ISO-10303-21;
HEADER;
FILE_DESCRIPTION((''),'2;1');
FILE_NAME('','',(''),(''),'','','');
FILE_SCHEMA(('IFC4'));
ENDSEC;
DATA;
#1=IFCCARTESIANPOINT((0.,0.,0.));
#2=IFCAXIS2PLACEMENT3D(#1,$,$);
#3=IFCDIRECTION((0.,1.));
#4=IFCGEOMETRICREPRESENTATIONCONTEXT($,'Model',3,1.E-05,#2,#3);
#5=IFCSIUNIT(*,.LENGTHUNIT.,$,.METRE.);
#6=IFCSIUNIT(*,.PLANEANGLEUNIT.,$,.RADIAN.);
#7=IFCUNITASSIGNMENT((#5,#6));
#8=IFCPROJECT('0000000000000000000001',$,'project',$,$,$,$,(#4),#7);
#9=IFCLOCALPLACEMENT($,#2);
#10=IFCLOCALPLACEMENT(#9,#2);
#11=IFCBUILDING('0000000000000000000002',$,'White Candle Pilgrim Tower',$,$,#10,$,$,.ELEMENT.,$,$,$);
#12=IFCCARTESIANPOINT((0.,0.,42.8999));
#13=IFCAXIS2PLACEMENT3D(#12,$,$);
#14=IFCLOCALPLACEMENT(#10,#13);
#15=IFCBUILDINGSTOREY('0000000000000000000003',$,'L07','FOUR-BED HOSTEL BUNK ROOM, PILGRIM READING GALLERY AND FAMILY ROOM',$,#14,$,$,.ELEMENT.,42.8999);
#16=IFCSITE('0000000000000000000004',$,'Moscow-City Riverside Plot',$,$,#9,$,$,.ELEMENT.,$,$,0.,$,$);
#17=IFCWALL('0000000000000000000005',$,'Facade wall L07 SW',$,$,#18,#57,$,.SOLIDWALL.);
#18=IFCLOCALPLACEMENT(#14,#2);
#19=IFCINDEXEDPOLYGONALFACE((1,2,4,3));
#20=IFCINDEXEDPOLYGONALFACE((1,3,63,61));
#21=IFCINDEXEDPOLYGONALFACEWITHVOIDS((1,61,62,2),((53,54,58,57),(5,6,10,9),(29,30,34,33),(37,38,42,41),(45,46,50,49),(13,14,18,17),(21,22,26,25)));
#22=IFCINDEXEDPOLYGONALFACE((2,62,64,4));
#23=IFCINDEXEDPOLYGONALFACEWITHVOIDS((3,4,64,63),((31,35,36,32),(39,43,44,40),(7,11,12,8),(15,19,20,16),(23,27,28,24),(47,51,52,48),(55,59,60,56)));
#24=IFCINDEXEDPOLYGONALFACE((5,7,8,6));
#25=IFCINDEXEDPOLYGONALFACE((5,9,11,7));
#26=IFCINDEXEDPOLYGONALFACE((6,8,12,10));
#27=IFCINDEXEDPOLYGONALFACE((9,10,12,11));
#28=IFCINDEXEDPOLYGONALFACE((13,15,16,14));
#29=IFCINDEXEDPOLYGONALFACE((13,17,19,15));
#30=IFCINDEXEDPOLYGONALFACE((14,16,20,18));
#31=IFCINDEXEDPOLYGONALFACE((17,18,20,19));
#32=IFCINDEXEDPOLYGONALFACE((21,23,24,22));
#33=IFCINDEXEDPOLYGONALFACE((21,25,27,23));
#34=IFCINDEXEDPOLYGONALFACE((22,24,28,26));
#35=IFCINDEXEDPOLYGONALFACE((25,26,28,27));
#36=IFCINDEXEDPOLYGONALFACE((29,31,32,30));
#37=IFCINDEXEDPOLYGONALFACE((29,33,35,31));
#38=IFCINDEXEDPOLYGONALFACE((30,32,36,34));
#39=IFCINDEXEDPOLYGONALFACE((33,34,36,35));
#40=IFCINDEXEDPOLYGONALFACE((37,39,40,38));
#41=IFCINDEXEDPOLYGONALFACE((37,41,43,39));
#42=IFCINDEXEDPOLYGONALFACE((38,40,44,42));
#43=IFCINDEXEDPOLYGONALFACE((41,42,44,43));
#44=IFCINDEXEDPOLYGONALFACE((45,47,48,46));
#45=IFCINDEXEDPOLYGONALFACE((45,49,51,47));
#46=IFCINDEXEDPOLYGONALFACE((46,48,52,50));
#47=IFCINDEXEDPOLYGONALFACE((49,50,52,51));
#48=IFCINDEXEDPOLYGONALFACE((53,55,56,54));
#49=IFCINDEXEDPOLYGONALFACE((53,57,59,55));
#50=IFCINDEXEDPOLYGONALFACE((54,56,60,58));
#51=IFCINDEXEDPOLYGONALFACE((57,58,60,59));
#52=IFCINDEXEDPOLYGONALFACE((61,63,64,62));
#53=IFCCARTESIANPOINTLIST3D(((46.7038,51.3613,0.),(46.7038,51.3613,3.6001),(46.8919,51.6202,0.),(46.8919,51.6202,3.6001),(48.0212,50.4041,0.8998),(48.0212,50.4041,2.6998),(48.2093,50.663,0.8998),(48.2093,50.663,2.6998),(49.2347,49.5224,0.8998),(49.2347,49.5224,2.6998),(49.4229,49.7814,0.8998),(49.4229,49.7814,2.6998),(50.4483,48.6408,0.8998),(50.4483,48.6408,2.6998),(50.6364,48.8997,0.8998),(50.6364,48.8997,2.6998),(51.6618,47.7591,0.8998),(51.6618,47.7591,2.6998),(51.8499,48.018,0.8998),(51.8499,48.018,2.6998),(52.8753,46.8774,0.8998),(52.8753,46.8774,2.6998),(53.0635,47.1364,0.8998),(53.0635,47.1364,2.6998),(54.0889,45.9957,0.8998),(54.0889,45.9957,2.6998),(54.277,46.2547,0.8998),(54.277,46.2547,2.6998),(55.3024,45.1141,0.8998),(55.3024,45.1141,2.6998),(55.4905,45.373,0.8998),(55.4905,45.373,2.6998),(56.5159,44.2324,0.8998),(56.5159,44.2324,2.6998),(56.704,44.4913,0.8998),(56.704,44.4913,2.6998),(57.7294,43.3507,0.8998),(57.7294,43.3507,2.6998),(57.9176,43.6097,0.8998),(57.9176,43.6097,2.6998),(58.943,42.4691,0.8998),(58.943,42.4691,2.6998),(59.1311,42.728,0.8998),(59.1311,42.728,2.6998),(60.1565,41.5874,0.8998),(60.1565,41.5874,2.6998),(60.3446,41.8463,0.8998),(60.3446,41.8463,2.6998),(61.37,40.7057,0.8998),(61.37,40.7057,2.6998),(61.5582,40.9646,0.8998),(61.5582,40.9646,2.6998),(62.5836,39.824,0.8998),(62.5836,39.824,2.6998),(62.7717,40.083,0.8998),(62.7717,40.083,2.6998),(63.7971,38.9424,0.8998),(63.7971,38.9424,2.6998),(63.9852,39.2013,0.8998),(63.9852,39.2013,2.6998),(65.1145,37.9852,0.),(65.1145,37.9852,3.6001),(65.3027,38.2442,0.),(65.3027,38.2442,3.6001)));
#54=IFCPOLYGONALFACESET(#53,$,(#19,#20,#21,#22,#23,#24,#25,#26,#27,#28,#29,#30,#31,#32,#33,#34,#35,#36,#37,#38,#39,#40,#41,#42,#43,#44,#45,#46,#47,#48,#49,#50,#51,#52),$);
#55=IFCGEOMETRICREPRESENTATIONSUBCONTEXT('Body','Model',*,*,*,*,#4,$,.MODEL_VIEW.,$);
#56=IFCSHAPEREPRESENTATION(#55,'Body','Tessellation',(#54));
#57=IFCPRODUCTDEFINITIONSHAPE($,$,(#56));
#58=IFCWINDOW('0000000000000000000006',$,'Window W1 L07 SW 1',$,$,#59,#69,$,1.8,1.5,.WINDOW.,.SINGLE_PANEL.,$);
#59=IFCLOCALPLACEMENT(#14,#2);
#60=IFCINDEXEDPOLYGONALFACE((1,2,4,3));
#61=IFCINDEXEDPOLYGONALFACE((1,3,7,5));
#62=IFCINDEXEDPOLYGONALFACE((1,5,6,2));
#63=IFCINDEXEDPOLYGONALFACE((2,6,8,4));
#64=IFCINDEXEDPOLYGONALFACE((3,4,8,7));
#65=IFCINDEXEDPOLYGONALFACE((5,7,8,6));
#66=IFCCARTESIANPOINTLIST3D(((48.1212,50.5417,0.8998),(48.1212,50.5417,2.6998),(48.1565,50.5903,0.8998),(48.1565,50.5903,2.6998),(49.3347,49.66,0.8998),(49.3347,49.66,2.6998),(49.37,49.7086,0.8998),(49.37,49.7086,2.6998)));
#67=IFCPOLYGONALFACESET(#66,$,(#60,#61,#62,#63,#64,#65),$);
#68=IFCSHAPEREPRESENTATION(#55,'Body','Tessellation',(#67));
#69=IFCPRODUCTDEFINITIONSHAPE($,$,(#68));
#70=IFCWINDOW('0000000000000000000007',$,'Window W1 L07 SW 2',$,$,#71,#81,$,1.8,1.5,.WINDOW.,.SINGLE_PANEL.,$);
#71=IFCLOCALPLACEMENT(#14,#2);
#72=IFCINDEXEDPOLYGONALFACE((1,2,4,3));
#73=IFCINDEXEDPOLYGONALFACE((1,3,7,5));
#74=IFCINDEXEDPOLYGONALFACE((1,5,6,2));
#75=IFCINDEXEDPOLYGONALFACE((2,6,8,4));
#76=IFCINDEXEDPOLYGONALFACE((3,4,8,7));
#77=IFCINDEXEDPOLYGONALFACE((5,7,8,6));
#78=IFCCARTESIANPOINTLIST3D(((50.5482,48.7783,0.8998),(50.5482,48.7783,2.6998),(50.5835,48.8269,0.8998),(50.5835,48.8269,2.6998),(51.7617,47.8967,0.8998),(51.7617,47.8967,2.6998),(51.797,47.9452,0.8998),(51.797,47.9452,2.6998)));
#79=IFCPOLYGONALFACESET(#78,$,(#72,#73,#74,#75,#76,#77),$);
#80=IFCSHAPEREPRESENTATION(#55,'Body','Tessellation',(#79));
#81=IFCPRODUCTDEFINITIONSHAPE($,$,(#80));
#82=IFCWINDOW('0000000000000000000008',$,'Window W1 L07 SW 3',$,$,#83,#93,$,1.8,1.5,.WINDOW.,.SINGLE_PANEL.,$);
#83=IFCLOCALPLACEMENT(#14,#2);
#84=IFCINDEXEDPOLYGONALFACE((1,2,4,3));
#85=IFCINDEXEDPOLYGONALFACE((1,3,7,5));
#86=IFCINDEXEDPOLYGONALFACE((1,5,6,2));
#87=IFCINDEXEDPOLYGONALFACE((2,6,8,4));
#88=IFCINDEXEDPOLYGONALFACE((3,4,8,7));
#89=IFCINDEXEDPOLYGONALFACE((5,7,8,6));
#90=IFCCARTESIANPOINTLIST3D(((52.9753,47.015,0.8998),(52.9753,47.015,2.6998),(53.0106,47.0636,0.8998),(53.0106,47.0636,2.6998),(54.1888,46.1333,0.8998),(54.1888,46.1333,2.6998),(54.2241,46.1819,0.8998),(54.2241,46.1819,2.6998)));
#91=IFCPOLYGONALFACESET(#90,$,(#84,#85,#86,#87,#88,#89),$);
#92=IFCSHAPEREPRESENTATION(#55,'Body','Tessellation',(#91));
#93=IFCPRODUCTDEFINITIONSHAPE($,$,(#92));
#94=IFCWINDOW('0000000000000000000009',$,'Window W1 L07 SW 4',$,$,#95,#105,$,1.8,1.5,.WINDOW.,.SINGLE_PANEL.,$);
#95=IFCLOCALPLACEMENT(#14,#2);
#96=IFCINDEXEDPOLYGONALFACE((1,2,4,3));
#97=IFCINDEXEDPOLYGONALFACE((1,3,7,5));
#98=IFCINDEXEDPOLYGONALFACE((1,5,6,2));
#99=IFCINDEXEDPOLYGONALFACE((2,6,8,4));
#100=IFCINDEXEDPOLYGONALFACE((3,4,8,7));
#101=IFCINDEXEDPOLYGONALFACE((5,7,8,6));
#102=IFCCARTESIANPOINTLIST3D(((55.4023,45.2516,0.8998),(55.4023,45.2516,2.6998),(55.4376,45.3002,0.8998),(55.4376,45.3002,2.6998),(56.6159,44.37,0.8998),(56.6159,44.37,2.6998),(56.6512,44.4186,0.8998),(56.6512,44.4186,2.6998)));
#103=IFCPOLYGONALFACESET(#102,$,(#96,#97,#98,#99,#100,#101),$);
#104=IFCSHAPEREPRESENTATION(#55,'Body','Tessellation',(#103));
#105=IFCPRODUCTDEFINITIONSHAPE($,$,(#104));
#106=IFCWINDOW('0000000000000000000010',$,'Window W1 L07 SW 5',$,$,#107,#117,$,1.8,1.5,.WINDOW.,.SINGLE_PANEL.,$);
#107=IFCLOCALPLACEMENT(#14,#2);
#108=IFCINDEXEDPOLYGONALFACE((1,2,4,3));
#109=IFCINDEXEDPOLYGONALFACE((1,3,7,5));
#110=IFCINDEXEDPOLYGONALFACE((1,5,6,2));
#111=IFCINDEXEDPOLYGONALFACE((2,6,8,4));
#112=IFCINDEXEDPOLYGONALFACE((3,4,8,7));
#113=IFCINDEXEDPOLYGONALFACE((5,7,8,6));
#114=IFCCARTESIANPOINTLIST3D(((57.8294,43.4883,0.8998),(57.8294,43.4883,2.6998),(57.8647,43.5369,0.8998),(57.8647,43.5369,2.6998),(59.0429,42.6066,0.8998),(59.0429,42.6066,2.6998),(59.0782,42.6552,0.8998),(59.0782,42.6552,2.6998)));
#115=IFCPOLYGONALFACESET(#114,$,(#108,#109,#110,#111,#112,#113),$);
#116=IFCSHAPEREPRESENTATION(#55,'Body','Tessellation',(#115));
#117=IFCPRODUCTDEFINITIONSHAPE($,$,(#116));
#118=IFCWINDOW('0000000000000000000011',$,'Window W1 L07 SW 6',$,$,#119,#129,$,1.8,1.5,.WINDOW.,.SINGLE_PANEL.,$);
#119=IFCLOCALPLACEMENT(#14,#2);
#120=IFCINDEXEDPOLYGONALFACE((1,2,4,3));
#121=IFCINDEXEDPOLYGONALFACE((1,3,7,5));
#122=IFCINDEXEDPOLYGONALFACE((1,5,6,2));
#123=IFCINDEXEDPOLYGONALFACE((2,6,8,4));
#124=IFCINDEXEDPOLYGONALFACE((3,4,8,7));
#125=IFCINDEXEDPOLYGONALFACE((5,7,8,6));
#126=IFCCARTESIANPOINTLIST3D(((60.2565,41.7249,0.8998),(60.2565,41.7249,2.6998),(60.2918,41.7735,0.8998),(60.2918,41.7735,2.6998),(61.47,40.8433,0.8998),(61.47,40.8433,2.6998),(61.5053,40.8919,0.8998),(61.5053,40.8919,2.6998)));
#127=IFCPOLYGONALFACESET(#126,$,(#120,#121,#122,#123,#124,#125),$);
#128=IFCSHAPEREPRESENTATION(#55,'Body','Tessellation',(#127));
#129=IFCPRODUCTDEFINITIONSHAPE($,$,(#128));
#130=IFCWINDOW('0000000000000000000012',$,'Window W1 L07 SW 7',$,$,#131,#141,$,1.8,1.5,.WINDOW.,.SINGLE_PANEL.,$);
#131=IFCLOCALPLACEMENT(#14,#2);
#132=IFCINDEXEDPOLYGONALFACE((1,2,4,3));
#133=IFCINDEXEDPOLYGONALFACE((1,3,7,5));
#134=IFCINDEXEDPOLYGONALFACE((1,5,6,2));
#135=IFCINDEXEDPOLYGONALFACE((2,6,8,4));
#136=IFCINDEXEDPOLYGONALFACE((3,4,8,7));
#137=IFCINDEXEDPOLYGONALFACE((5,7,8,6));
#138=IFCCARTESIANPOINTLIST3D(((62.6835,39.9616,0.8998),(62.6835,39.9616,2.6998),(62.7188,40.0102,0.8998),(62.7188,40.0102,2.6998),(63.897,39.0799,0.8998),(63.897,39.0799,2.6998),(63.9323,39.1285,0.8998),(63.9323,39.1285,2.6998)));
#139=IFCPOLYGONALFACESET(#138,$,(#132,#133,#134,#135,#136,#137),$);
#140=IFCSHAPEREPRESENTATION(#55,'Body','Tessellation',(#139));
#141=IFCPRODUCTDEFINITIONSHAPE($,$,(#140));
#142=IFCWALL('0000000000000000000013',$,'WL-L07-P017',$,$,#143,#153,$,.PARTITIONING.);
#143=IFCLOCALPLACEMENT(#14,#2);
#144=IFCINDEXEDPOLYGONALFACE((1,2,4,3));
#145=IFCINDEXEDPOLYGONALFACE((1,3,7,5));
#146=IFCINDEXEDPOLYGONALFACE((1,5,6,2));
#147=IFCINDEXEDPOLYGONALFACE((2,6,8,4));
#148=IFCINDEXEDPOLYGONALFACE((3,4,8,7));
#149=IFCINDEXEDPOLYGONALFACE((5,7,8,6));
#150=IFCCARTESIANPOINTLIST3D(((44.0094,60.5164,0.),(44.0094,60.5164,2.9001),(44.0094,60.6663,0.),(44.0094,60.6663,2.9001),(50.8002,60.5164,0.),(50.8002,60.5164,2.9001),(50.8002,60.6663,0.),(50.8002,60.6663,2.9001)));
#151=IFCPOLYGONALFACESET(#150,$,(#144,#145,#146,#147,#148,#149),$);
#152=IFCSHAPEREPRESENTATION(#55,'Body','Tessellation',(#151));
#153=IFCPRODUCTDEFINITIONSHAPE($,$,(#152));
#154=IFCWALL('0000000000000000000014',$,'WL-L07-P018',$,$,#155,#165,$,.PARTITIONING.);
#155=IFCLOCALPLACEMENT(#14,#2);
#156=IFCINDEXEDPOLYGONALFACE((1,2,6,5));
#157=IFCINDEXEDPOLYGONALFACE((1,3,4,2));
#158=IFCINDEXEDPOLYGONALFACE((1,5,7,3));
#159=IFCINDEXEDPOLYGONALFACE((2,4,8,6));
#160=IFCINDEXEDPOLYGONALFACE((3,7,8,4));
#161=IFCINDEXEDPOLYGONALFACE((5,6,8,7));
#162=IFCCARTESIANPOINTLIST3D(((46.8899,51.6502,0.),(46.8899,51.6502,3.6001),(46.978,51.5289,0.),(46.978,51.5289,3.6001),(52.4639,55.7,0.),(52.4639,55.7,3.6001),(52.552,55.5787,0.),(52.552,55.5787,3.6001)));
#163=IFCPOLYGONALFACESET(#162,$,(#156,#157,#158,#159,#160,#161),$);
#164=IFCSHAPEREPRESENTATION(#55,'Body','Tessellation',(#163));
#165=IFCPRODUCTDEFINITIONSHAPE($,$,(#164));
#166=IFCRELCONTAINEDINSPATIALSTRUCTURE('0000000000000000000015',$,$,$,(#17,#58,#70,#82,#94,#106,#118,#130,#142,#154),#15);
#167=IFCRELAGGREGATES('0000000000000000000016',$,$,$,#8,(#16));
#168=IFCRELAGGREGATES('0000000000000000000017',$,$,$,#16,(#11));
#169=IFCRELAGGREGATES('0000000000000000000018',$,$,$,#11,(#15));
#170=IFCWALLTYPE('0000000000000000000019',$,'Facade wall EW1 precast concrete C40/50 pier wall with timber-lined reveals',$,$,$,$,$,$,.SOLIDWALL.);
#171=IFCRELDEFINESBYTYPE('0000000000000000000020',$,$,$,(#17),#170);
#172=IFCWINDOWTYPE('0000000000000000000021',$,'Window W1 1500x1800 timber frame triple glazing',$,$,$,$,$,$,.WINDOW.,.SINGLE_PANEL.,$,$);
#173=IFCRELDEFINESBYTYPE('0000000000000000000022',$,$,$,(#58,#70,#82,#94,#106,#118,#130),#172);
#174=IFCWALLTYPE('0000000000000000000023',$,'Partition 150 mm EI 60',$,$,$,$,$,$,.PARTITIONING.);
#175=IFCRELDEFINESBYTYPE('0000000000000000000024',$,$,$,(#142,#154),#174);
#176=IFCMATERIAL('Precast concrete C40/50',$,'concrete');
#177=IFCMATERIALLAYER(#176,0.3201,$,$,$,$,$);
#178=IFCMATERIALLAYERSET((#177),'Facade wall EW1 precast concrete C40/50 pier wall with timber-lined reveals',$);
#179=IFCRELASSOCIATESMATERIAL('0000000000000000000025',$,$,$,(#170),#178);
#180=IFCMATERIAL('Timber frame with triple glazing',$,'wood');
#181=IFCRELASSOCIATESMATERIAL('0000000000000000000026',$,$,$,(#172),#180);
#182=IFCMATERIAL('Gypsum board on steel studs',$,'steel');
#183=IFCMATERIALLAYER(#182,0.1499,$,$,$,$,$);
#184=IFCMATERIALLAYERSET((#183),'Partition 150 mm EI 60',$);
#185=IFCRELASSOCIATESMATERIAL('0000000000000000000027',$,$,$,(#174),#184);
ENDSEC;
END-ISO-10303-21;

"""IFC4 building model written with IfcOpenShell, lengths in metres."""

from ifc_helpers import new_model, si_unit, direction, frame, frame_2d, origin, place, context, subcontext, project, spatial, rectangle, extrude, material, layer, layer_set, type_object, element, fill, save


model = new_model("IFC4")

# Units and contexts
model_context = context("Model", 3, precision=1e-05, world=origin(), true_north=direction((0.0, 1.0)))
body_context = subcontext(model_context, "Body", "Model", "MODEL_VIEW")
ifc_project = project(units=[si_unit("LENGTHUNIT", "METRE"), si_unit("PLANEANGLEUNIT", "RADIAN")], contexts=[model_context])

# Site, building, storey
site_placement = place(None, origin())
site = spatial("IfcSite", under=ifc_project, at=site_placement, Name="Moscow-City Riverside Plot", CompositionType="ELEMENT", RefElevation=0.0)
building_placement = place(site_placement, origin())
building = spatial("IfcBuilding", under=site, at=building_placement, Name="White Candle Pilgrim Tower", CompositionType="ELEMENT")
storey_placement = place(building_placement, frame((0.0, 0.0, 42.8999)))
storey = spatial("IfcBuildingStorey", under=building, at=storey_placement, Name="L07", Description="FOUR-BED HOSTEL BUNK ROOM, PILGRIM READING GALLERY AND FAMILY ROOM", CompositionType="ELEMENT", Elevation=42.8999)

# Wall, openings, windows
ifc_material_1 = material(Name="Precast concrete C40/50", Category="concrete")
ifc_layer_1 = layer(ifc_material_1, 0.3201)
ifc_layer_set_1 = layer_set([ifc_layer_1], Name="Facade wall EW1 precast concrete C40/50 pier wall with timber-lined reveals")
wall_type_1 = type_object("IfcWallType", Name="Facade wall EW1 precast concrete C40/50 pier wall with timber-lined reveals", PredefinedType="SOLIDWALL", material=ifc_layer_set_1)
ifc_material_2 = material(Name="Timber frame with triple glazing", Category="wood")
wall_1_placement = place(storey_placement, frame((46.7979, 51.4907, 0.0), z_axis=(0.0, 0.0, 1.0), x_axis=(0.80902, -0.587781, 0.0)))
wall_1 = element("IfcWall", 1, at=wall_1_placement, inside=storey, type_object=wall_type_1, Name="Facade wall L07 SW", PredefinedType="SOLIDWALL", context=body_context, shape_type="SweptSolid", body=[
    extrude(rectangle(XDim=22.7568, YDim=0.3201, at=frame_2d((11.3784, 0.0))), origin(), (0.0, 0.0, 1.0), 3.6001),
])
opening_1_placement = place(wall_1_placement, frame((1.6284, 0.0, 0.8999)))
opening_1 = element("IfcOpeningElement", 2, at=opening_1_placement, cuts=wall_1, PredefinedType="OPENING", context=body_context, shape_type="SweptSolid", body=[
    extrude(rectangle(XDim=1.5, YDim=1.8, at=frame_2d((0.75, 0.8999))), frame((0.0, 0.1699, 0.0), z_axis=(0.0, -1.0, 0.0), x_axis=(1.0, 0.0, 0.0)), (0.0, 0.0, 1.0), 0.3401),
])
opening_2_placement = place(wall_1_placement, frame((4.6284, 0.0, 0.8999)))
opening_2 = element("IfcOpeningElement", 3, at=opening_2_placement, cuts=wall_1, PredefinedType="OPENING", context=body_context, shape_type="SweptSolid", body=[
    extrude(rectangle(XDim=1.5, YDim=1.8, at=frame_2d((0.75, 0.8999))), frame((0.0, 0.1699, 0.0), z_axis=(0.0, -1.0, 0.0), x_axis=(1.0, 0.0, 0.0)), (0.0, 0.0, 1.0), 0.3401),
])
opening_3_placement = place(wall_1_placement, frame((7.6284, 0.0, 0.8999)))
opening_3 = element("IfcOpeningElement", 4, at=opening_3_placement, cuts=wall_1, PredefinedType="OPENING", context=body_context, shape_type="SweptSolid", body=[
    extrude(rectangle(XDim=1.5, YDim=1.8, at=frame_2d((0.75, 0.8999))), frame((0.0, 0.1699, 0.0), z_axis=(0.0, -1.0, 0.0), x_axis=(1.0, 0.0, 0.0)), (0.0, 0.0, 1.0), 0.3401),
])
opening_4_placement = place(wall_1_placement, frame((10.6284, 0.0, 0.8999)))
opening_4 = element("IfcOpeningElement", 5, at=opening_4_placement, cuts=wall_1, PredefinedType="OPENING", context=body_context, shape_type="SweptSolid", body=[
    extrude(rectangle(XDim=1.5, YDim=1.8, at=frame_2d((0.75, 0.8999))), frame((0.0, 0.1699, 0.0), z_axis=(0.0, -1.0, 0.0), x_axis=(1.0, 0.0, 0.0)), (0.0, 0.0, 1.0), 0.3401),
])
opening_5_placement = place(wall_1_placement, frame((13.6284, 0.0, 0.8999)))
opening_5 = element("IfcOpeningElement", 6, at=opening_5_placement, cuts=wall_1, PredefinedType="OPENING", context=body_context, shape_type="SweptSolid", body=[
    extrude(rectangle(XDim=1.5, YDim=1.8, at=frame_2d((0.75, 0.8999))), frame((0.0, 0.1699, 0.0), z_axis=(0.0, -1.0, 0.0), x_axis=(1.0, 0.0, 0.0)), (0.0, 0.0, 1.0), 0.3401),
])
opening_6_placement = place(wall_1_placement, frame((16.6284, 0.0, 0.8999)))
opening_6 = element("IfcOpeningElement", 7, at=opening_6_placement, cuts=wall_1, PredefinedType="OPENING", context=body_context, shape_type="SweptSolid", body=[
    extrude(rectangle(XDim=1.5, YDim=1.8, at=frame_2d((0.75, 0.8999))), frame((0.0, 0.1699, 0.0), z_axis=(0.0, -1.0, 0.0), x_axis=(1.0, 0.0, 0.0)), (0.0, 0.0, 1.0), 0.3401),
])
opening_7_placement = place(wall_1_placement, frame((19.6284, 0.0, 0.8999)))
opening_7 = element("IfcOpeningElement", 8, at=opening_7_placement, cuts=wall_1, PredefinedType="OPENING", context=body_context, shape_type="SweptSolid", body=[
    extrude(rectangle(XDim=1.5, YDim=1.8, at=frame_2d((0.75, 0.8999))), frame((0.0, 0.1699, 0.0), z_axis=(0.0, -1.0, 0.0), x_axis=(1.0, 0.0, 0.0)), (0.0, 0.0, 1.0), 0.3401),
])
window_type_1 = type_object("IfcWindowType", Name="Window W1 1500x1800 timber frame triple glazing", PartitioningType="SINGLE_PANEL", PredefinedType="WINDOW", material=ifc_material_2)
window_1_placement = place(opening_1_placement, origin())
window_1 = element("IfcWindow", 9, at=window_1_placement, inside=storey, type_object=window_type_1, Name="Window W1 L07 SW 1", OverallHeight=1.8, OverallWidth=1.5, PartitioningType="SINGLE_PANEL", PredefinedType="WINDOW", context=body_context, shape_type="SweptSolid", body=[
    extrude(rectangle(XDim=1.5, YDim=1.8, at=frame_2d((0.75, 0.8999))), frame((0.0, 0.0701, 0.0), z_axis=(0.0, -1.0, 0.0), x_axis=(1.0, 0.0, 0.0)), (0.0, 0.0, 1.0), 0.0601),
])
fill(opening_1, window_1)
window_2_placement = place(opening_2_placement, origin())
window_2 = element("IfcWindow", 10, at=window_2_placement, inside=storey, type_object=window_type_1, Name="Window W1 L07 SW 2", OverallHeight=1.8, OverallWidth=1.5, PartitioningType="SINGLE_PANEL", PredefinedType="WINDOW", context=body_context, shape_type="SweptSolid", body=[
    extrude(rectangle(XDim=1.5, YDim=1.8, at=frame_2d((0.75, 0.8999))), frame((0.0, 0.0701, 0.0), z_axis=(0.0, -1.0, 0.0), x_axis=(1.0, 0.0, 0.0)), (0.0, 0.0, 1.0), 0.0601),
])
fill(opening_2, window_2)
window_3_placement = place(opening_3_placement, origin())
window_3 = element("IfcWindow", 11, at=window_3_placement, inside=storey, type_object=window_type_1, Name="Window W1 L07 SW 3", OverallHeight=1.8, OverallWidth=1.5, PartitioningType="SINGLE_PANEL", PredefinedType="WINDOW", context=body_context, shape_type="SweptSolid", body=[
    extrude(rectangle(XDim=1.5, YDim=1.8, at=frame_2d((0.75, 0.8999))), frame((0.0, 0.0701, 0.0), z_axis=(0.0, -1.0, 0.0), x_axis=(1.0, 0.0, 0.0)), (0.0, 0.0, 1.0), 0.0601),
])
fill(opening_3, window_3)
window_4_placement = place(opening_4_placement, origin())
window_4 = element("IfcWindow", 12, at=window_4_placement, inside=storey, type_object=window_type_1, Name="Window W1 L07 SW 4", OverallHeight=1.8, OverallWidth=1.5, PartitioningType="SINGLE_PANEL", PredefinedType="WINDOW", context=body_context, shape_type="SweptSolid", body=[
    extrude(rectangle(XDim=1.5, YDim=1.8, at=frame_2d((0.75, 0.8999))), frame((0.0, 0.0701, 0.0), z_axis=(0.0, -1.0, 0.0), x_axis=(1.0, 0.0, 0.0)), (0.0, 0.0, 1.0), 0.0601),
])
fill(opening_4, window_4)
window_5_placement = place(opening_5_placement, origin())
window_5 = element("IfcWindow", 13, at=window_5_placement, inside=storey, type_object=window_type_1, Name="Window W1 L07 SW 5", OverallHeight=1.8, OverallWidth=1.5, PartitioningType="SINGLE_PANEL", PredefinedType="WINDOW", context=body_context, shape_type="SweptSolid", body=[
    extrude(rectangle(XDim=1.5, YDim=1.8, at=frame_2d((0.75, 0.8999))), frame((0.0, 0.0701, 0.0), z_axis=(0.0, -1.0, 0.0), x_axis=(1.0, 0.0, 0.0)), (0.0, 0.0, 1.0), 0.0601),
])
fill(opening_5, window_5)
window_6_placement = place(opening_6_placement, origin())
window_6 = element("IfcWindow", 14, at=window_6_placement, inside=storey, type_object=window_type_1, Name="Window W1 L07 SW 6", OverallHeight=1.8, OverallWidth=1.5, PartitioningType="SINGLE_PANEL", PredefinedType="WINDOW", context=body_context, shape_type="SweptSolid", body=[
    extrude(rectangle(XDim=1.5, YDim=1.8, at=frame_2d((0.75, 0.8999))), frame((0.0, 0.0701, 0.0), z_axis=(0.0, -1.0, 0.0), x_axis=(1.0, 0.0, 0.0)), (0.0, 0.0, 1.0), 0.0601),
])
fill(opening_6, window_6)
window_7_placement = place(opening_7_placement, origin())
window_7 = element("IfcWindow", 15, at=window_7_placement, inside=storey, type_object=window_type_1, Name="Window W1 L07 SW 7", OverallHeight=1.8, OverallWidth=1.5, PartitioningType="SINGLE_PANEL", PredefinedType="WINDOW", context=body_context, shape_type="SweptSolid", body=[
    extrude(rectangle(XDim=1.5, YDim=1.8, at=frame_2d((0.75, 0.8999))), frame((0.0, 0.0701, 0.0), z_axis=(0.0, -1.0, 0.0), x_axis=(1.0, 0.0, 0.0)), (0.0, 0.0, 1.0), 0.0601),
])
fill(opening_7, window_7)

# Walls
ifc_material_3 = material(Name="Gypsum board on steel studs", Category="steel")
ifc_layer_2 = layer(ifc_material_3, 0.1499)
ifc_layer_set_2 = layer_set([ifc_layer_2], Name="Partition 150 mm EI 60")
wall_type_2 = type_object("IfcWallType", Name="Partition 150 mm EI 60", PredefinedType="PARTITIONING", material=ifc_layer_set_2)
wall_2_placement = place(storey_placement, frame((44.0093, 60.5913, 0.0), z_axis=(0.0, 0.0, 1.0), x_axis=(1.0, 0.0, 0.0)))
element("IfcWall", 16, at=wall_2_placement, inside=storey, type_object=wall_type_2, Name="WL-L07-P017", PredefinedType="PARTITIONING", context=body_context, shape_type="SweptSolid", body=[
    extrude(rectangle(XDim=6.7908, YDim=0.1499, at=frame_2d((3.3955, 0.0))), origin(), (0.0, 0.0, 1.0), 2.9001),
])
wall_3_placement = place(storey_placement, frame((46.9341, 51.5896, 0.0), z_axis=(0.0, 0.0, 1.0), x_axis=(0.809012, 0.587792, 0.0)))
element("IfcWall", 17, at=wall_3_placement, inside=storey, type_object=wall_type_2, Name="WL-L07-P018", PredefinedType="PARTITIONING", context=body_context, shape_type="SweptSolid", body=[
    extrude(rectangle(XDim=6.8899, YDim=0.1499, at=frame_2d((3.4448, 0.0))), origin(), (0.0, 0.0, 1.0), 3.6001),
])

save(model, "model.ifc")
